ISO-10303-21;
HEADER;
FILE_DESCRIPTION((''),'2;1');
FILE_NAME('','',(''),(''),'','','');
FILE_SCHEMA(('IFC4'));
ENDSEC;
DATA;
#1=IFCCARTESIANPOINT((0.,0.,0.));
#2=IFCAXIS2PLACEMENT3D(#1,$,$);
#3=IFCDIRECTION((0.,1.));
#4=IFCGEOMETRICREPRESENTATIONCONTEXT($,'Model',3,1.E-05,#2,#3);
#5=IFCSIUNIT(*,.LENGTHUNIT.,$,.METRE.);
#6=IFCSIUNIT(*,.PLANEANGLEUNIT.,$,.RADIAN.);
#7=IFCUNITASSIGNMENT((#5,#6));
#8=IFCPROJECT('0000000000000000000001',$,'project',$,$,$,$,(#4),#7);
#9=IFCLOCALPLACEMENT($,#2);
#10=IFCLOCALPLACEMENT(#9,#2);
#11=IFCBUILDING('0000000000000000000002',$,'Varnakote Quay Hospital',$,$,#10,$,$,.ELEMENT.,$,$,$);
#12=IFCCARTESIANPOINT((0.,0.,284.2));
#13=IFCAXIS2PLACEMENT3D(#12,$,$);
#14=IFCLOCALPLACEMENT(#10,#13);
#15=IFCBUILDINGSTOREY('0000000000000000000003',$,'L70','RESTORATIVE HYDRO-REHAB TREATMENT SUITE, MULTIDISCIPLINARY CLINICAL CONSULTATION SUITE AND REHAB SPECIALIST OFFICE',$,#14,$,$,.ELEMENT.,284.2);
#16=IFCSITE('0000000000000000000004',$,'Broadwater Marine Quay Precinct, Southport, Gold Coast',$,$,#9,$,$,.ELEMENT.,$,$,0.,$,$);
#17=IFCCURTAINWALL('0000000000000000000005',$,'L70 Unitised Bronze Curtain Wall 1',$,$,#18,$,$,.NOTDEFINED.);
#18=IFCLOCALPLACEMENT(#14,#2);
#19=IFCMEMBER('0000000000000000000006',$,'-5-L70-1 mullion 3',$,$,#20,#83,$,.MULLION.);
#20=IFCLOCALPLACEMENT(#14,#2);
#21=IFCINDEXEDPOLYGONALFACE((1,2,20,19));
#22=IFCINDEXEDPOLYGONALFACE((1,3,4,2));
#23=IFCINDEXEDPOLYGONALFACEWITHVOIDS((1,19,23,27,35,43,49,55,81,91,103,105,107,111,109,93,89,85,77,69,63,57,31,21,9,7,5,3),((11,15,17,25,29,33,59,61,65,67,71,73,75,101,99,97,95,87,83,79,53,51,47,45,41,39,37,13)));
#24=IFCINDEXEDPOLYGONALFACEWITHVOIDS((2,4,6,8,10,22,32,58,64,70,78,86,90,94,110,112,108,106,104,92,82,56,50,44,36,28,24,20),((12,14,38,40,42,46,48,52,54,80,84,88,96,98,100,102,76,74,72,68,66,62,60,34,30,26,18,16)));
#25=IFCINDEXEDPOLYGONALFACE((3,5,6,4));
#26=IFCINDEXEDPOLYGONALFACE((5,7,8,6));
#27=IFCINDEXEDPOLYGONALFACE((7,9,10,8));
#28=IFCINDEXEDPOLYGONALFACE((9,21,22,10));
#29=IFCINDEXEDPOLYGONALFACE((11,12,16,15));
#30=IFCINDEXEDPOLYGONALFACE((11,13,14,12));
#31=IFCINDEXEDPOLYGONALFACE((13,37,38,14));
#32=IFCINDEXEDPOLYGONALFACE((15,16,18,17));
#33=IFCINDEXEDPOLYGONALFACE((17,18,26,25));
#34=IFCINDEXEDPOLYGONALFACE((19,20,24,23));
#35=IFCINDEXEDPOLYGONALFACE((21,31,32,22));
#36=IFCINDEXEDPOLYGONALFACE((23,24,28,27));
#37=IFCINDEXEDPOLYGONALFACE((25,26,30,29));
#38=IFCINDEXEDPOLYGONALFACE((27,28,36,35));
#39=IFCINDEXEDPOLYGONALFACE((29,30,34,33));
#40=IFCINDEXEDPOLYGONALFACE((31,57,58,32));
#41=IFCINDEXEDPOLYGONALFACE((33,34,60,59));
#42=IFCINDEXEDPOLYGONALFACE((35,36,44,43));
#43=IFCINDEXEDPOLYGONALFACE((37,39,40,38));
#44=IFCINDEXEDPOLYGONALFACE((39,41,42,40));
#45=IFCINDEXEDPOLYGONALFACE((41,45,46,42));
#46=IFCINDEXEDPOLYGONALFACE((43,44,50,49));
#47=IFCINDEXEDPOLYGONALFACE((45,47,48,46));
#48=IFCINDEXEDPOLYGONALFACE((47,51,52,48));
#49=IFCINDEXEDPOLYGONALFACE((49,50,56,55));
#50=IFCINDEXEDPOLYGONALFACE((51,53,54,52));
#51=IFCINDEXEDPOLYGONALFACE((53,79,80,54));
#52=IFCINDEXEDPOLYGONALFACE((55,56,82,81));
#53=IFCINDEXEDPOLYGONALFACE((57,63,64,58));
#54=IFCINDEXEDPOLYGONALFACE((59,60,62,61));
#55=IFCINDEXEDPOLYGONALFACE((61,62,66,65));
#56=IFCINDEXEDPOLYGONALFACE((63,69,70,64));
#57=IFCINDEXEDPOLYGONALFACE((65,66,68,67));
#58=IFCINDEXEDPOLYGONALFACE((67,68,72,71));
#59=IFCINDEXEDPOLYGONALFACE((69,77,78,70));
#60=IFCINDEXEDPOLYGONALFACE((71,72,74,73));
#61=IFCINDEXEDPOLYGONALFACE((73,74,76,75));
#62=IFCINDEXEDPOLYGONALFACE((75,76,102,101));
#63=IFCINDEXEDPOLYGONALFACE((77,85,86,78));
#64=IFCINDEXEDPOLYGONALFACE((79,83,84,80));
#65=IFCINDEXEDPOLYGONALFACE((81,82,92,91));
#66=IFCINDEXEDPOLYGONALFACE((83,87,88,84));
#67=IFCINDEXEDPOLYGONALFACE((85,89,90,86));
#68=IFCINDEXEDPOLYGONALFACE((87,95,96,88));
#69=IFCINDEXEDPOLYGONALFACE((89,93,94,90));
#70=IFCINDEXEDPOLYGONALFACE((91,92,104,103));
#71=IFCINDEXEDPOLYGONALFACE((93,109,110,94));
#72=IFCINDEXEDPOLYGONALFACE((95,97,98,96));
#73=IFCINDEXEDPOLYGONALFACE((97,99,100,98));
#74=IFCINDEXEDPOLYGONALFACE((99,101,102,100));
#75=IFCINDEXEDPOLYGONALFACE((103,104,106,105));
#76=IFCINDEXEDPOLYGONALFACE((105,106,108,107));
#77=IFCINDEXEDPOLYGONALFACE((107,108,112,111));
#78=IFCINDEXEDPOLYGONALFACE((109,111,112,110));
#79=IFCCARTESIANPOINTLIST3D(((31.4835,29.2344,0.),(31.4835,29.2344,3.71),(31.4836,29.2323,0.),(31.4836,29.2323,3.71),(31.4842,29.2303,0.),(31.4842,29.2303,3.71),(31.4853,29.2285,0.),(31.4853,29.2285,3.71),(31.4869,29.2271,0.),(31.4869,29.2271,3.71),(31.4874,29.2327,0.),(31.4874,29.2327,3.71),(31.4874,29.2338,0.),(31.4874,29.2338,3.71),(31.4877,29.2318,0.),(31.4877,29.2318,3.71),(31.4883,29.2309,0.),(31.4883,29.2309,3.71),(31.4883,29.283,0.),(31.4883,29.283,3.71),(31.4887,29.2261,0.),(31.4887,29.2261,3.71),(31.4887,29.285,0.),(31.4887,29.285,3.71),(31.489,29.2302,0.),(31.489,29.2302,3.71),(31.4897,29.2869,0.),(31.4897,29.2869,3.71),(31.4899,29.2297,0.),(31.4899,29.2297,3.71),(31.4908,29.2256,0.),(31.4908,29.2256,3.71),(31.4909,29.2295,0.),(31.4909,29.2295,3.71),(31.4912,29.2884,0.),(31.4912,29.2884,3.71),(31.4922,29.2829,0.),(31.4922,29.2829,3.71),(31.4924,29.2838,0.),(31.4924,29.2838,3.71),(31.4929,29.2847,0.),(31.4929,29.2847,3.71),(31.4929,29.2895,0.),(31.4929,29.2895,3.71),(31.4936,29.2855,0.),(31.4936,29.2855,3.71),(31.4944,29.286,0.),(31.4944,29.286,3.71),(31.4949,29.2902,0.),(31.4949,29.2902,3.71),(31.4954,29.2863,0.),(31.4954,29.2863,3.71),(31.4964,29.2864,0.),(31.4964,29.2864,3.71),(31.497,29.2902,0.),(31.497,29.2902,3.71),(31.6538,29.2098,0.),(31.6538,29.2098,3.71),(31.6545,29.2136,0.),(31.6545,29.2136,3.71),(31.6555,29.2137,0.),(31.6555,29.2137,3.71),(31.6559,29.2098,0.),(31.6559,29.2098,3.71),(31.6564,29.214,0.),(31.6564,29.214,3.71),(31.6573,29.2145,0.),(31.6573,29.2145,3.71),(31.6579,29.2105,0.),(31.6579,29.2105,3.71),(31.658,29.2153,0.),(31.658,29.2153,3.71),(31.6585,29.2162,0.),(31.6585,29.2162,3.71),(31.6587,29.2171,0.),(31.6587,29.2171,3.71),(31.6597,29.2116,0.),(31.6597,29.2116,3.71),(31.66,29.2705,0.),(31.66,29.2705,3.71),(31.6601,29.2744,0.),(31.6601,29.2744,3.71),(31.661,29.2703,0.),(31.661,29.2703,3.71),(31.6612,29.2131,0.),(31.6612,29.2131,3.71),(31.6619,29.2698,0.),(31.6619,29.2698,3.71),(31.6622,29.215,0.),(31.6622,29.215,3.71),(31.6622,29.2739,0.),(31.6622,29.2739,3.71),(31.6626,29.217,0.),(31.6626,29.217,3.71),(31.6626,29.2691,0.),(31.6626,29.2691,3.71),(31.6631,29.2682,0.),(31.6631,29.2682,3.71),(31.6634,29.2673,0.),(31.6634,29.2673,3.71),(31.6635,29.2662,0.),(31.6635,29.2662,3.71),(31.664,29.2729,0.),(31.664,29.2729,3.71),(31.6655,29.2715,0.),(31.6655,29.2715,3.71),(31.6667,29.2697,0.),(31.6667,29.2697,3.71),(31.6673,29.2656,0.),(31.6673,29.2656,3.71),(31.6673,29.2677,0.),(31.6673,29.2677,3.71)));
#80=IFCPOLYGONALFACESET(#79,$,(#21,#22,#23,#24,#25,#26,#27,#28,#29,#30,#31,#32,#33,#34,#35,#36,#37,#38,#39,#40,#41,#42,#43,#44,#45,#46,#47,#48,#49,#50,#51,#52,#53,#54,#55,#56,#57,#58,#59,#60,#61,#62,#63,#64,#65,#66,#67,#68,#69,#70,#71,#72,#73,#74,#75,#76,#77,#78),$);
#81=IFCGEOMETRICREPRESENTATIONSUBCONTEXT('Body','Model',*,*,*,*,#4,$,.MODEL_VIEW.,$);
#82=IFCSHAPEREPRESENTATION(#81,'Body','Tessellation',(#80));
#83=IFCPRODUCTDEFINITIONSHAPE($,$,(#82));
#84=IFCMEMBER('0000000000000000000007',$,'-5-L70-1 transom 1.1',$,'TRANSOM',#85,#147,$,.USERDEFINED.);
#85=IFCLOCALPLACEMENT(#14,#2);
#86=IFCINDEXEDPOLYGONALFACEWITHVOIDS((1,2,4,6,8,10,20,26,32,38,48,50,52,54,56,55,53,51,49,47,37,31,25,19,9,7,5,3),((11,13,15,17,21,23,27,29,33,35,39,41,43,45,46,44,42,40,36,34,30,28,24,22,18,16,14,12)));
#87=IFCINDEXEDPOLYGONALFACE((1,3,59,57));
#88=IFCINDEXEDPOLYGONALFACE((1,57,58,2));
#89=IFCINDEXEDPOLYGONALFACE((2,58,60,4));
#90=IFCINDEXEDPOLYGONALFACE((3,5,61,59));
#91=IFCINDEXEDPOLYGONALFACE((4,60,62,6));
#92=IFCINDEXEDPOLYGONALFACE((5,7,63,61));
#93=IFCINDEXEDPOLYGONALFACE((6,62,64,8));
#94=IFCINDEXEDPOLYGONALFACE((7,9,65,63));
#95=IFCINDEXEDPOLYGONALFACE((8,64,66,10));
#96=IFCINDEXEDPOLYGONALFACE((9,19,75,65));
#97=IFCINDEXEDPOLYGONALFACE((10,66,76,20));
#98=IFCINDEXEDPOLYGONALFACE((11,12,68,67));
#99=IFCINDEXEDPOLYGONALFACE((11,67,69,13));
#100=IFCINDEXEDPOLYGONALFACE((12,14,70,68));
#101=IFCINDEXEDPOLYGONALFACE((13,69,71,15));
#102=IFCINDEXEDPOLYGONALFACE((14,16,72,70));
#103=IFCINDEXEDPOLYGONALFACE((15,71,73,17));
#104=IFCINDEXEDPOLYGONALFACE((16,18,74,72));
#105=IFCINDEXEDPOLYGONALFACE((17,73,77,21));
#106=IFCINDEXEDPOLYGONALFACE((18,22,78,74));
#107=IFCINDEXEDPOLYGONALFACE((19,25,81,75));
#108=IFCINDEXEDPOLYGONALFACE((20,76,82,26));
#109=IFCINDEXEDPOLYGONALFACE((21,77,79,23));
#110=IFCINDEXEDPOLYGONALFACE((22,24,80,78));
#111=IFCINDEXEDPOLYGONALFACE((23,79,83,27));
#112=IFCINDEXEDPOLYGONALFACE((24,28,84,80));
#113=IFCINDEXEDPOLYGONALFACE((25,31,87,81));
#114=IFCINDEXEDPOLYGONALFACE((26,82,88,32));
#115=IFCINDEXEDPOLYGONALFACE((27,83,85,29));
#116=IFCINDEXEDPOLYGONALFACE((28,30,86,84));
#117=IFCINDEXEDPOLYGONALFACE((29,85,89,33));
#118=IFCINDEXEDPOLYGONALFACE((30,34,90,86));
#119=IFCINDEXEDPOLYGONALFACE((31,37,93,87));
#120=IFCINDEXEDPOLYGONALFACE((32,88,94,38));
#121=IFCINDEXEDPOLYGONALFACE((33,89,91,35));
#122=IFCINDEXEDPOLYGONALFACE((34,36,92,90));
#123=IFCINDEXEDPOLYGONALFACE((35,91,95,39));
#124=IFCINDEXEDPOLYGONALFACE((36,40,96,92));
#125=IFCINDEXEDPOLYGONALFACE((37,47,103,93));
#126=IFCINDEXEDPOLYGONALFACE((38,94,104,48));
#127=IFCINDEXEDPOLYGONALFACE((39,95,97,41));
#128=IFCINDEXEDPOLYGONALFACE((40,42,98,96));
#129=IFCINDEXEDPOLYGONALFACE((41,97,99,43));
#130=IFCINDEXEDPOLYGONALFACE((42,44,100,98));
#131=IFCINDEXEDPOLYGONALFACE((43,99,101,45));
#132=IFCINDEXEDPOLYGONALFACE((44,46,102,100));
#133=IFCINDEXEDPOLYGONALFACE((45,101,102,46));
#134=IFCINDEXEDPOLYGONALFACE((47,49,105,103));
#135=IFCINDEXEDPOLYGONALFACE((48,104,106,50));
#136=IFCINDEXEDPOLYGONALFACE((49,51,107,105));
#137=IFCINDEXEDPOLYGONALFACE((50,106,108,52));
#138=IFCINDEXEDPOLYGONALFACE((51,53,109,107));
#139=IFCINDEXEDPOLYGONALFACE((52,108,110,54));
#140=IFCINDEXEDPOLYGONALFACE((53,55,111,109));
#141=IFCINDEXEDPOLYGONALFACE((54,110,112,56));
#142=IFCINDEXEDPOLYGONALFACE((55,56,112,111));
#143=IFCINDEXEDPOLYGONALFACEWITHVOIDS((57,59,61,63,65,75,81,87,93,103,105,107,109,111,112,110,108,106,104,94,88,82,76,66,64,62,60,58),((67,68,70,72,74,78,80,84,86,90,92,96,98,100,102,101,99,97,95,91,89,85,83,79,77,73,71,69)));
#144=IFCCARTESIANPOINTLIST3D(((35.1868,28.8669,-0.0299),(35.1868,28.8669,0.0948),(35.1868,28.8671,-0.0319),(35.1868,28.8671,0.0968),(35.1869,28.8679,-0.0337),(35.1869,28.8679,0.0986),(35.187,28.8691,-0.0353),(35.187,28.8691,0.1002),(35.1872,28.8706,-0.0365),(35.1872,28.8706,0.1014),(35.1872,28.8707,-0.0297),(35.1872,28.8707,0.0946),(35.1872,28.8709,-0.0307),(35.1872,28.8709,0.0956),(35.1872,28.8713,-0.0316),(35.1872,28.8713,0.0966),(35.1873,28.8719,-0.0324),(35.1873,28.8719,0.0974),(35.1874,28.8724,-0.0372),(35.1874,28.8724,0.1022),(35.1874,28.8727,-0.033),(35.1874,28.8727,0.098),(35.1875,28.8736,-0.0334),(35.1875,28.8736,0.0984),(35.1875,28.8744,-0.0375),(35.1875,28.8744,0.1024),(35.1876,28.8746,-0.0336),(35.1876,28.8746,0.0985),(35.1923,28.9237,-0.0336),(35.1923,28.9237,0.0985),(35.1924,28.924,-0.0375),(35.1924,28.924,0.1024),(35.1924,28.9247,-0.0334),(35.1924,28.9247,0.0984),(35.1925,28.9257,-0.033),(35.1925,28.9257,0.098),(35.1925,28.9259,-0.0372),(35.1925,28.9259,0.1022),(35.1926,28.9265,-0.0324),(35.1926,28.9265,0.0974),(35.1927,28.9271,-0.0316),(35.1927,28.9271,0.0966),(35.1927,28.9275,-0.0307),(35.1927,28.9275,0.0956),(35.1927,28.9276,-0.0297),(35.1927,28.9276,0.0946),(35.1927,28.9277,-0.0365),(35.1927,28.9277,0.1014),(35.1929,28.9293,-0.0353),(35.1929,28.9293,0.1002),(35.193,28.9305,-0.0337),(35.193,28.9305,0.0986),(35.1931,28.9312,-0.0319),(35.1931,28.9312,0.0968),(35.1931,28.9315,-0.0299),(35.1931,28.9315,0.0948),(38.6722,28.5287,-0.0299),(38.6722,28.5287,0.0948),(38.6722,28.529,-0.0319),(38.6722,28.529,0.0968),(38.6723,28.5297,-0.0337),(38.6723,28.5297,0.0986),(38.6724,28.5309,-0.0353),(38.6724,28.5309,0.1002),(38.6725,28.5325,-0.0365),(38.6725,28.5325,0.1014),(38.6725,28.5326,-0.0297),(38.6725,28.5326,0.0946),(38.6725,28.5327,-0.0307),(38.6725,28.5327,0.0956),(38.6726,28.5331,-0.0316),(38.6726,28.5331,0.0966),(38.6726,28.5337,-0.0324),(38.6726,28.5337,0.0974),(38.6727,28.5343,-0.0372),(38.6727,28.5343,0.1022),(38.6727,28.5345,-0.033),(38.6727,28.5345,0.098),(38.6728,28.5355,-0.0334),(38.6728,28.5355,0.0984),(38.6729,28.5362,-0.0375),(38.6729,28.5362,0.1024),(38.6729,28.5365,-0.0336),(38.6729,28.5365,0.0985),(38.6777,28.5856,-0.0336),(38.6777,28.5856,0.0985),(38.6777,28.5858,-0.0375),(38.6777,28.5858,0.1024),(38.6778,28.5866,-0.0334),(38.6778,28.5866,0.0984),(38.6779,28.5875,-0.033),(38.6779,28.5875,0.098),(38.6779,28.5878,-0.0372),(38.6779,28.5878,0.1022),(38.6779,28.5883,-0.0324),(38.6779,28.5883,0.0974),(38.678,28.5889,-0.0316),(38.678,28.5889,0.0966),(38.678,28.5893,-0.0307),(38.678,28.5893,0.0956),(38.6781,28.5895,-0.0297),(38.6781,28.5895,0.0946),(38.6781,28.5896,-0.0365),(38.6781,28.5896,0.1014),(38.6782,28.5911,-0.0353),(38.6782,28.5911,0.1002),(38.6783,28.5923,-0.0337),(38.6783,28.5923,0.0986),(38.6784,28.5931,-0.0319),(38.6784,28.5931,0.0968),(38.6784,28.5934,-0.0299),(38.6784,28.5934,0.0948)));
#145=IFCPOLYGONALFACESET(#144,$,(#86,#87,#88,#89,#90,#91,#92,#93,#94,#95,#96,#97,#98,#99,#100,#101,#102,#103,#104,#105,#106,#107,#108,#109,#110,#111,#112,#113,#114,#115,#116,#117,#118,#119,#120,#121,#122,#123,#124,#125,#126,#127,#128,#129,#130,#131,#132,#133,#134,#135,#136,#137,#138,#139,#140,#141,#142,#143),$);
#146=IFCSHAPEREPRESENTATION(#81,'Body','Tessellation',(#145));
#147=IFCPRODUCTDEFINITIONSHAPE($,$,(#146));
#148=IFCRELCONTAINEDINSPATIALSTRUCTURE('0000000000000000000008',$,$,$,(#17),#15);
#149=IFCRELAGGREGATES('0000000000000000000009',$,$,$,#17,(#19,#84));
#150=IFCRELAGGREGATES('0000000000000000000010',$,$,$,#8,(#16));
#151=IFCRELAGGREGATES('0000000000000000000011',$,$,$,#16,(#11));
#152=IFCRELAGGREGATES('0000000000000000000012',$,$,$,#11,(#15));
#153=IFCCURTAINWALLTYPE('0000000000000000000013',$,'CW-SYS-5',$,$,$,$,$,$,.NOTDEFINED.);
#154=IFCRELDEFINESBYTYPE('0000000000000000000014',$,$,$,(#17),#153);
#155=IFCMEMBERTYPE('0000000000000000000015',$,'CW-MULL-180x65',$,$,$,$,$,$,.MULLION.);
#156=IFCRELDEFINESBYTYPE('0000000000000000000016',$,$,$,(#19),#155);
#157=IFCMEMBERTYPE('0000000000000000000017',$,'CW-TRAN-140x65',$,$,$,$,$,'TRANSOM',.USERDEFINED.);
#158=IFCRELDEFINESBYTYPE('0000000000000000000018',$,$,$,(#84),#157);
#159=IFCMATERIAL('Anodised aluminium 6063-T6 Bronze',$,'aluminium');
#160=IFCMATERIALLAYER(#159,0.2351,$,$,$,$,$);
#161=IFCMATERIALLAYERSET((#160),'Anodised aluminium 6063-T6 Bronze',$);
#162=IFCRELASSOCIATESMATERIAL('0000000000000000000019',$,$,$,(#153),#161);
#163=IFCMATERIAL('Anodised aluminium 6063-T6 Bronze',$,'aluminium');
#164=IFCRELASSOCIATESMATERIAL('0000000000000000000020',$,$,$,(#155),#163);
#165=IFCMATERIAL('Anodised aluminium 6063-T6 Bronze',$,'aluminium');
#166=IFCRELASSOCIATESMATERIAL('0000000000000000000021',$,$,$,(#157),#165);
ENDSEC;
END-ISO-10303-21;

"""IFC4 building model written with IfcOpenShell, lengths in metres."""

from ifc_helpers import new_model, si_unit, direction, frame, origin, origin_2d, place, context, subcontext, project, spatial, hollow_rectangle, extrude, material, layer, layer_set, material_profile, profile_set, type_object, element, aggregate, save


model = new_model("IFC4")

# Units and contexts
model_context = context("Model", 3, precision=1e-05, world=origin(), true_north=direction((0.0, 1.0)))
body_context = subcontext(model_context, "Body", "Model", "MODEL_VIEW")
ifc_project = project(units=[si_unit("LENGTHUNIT", "METRE"), si_unit("PLANEANGLEUNIT", "RADIAN")], contexts=[model_context])

# Site, building, storey
site_placement = place(None, origin())
site = spatial("IfcSite", under=ifc_project, at=site_placement, Name="Broadwater Marine Quay Precinct, Southport, Gold Coast", CompositionType="ELEMENT", RefElevation=0.0)
building_placement = place(site_placement, origin())
building = spatial("IfcBuilding", under=site, at=building_placement, Name="Varnakote Quay Hospital", CompositionType="ELEMENT")
storey_placement = place(building_placement, frame((0.0, 0.0, 284.2)))
storey = spatial("IfcBuildingStorey", under=building, at=storey_placement, Name="L70", Description="RESTORATIVE HYDRO-REHAB TREATMENT SUITE, MULTIDISCIPLINARY CLINICAL CONSULTATION SUITE AND REHAB SPECIALIST OFFICE", CompositionType="ELEMENT", Elevation=284.2)

# Curtain wall, members
ifc_material_1 = material(Name="Anodised aluminium 6063-T6 Bronze", Category="aluminium")
ifc_layer_1 = layer(ifc_material_1, 0.2351)
ifc_layer_set_1 = layer_set([ifc_layer_1], Name="Anodised aluminium 6063-T6 Bronze")
curtain_wall_type = type_object("IfcCurtainWallType", Name="CW-SYS-5", PredefinedType="NOTDEFINED", material=ifc_layer_set_1)
curtain_wall_placement = place(storey_placement, origin())
curtain_wall = element("IfcCurtainWall", 1, at=curtain_wall_placement, inside=storey, type_object=curtain_wall_type, Name="L70 Unitised Bronze Curtain Wall 1", PredefinedType="NOTDEFINED")
ifc_material_2 = material(Name="Anodised aluminium 6063-T6 Bronze", Category="aluminium")
ifc_material_profile_1 = material_profile(ifc_material_2, hollow_rectangle(XDim=0.0649, YDim=0.1799, WallThickness=0.0039, InnerFilletRadius=0.0039, OuterFilletRadius=0.0081, at=origin_2d()), Name="CW-MULL-180x65")
ifc_profile_set_1 = profile_set([ifc_material_profile_1], Name="Anodised aluminium 6063-T6 Bronze")
member_type_1 = type_object("IfcMemberType", Name="CW-MULL-180x65", PredefinedType="MULLION", material=ifc_profile_set_1)
member_1_placement = place(storey_placement, frame((31.5754, 29.25, 0.0), z_axis=(0.0, 0.0, 1.0), x_axis=(-0.096569, -0.995326, 0.0)))
member_1 = element("IfcMember", 2, at=member_1_placement, type_object=member_type_1, Name="-5-L70-1 mullion 3", PredefinedType="MULLION", context=body_context, shape_type="SweptSolid", body=[
    extrude(hollow_rectangle(XDim=0.0649, YDim=0.1799, WallThickness=0.0039, InnerFilletRadius=0.0039, OuterFilletRadius=0.0081, at=origin_2d()), origin(), (0.0, 0.0, 1.0), 3.71),
])
ifc_material_3 = material(Name="Anodised aluminium 6063-T6 Bronze", Category="aluminium")
ifc_material_profile_2 = material_profile(ifc_material_3, hollow_rectangle(XDim=0.0649, YDim=0.1399, WallThickness=0.0039, InnerFilletRadius=0.0039, OuterFilletRadius=0.0076, at=origin_2d()), Name="CW-TRAN-140x65")
ifc_profile_set_2 = profile_set([ifc_material_profile_2], Name="Anodised aluminium 6063-T6 Bronze")
member_type_2 = type_object("IfcMemberType", Name="CW-TRAN-140x65", ElementType="TRANSOM", PredefinedType="USERDEFINED", material=ifc_profile_set_2)
member_2_placement = place(storey_placement, frame((38.6753, 28.561, 0.0325), z_axis=(-0.995327, 0.096563, 0.0), x_axis=(-0.096563, -0.995327, 0.0)))
member_2 = element("IfcMember", 3, at=member_2_placement, type_object=member_type_2, Name="-5-L70-1 transom 1.1", ObjectType="TRANSOM", PredefinedType="USERDEFINED", context=body_context, shape_type="SweptSolid", body=[
    extrude(hollow_rectangle(XDim=0.0649, YDim=0.1399, WallThickness=0.0039, InnerFilletRadius=0.0039, OuterFilletRadius=0.0076, at=origin_2d()), origin(), (0.0, 0.0, 1.0), 3.5017),
])
aggregate(curtain_wall, [member_1, member_2])

save(model, "model.ifc")
